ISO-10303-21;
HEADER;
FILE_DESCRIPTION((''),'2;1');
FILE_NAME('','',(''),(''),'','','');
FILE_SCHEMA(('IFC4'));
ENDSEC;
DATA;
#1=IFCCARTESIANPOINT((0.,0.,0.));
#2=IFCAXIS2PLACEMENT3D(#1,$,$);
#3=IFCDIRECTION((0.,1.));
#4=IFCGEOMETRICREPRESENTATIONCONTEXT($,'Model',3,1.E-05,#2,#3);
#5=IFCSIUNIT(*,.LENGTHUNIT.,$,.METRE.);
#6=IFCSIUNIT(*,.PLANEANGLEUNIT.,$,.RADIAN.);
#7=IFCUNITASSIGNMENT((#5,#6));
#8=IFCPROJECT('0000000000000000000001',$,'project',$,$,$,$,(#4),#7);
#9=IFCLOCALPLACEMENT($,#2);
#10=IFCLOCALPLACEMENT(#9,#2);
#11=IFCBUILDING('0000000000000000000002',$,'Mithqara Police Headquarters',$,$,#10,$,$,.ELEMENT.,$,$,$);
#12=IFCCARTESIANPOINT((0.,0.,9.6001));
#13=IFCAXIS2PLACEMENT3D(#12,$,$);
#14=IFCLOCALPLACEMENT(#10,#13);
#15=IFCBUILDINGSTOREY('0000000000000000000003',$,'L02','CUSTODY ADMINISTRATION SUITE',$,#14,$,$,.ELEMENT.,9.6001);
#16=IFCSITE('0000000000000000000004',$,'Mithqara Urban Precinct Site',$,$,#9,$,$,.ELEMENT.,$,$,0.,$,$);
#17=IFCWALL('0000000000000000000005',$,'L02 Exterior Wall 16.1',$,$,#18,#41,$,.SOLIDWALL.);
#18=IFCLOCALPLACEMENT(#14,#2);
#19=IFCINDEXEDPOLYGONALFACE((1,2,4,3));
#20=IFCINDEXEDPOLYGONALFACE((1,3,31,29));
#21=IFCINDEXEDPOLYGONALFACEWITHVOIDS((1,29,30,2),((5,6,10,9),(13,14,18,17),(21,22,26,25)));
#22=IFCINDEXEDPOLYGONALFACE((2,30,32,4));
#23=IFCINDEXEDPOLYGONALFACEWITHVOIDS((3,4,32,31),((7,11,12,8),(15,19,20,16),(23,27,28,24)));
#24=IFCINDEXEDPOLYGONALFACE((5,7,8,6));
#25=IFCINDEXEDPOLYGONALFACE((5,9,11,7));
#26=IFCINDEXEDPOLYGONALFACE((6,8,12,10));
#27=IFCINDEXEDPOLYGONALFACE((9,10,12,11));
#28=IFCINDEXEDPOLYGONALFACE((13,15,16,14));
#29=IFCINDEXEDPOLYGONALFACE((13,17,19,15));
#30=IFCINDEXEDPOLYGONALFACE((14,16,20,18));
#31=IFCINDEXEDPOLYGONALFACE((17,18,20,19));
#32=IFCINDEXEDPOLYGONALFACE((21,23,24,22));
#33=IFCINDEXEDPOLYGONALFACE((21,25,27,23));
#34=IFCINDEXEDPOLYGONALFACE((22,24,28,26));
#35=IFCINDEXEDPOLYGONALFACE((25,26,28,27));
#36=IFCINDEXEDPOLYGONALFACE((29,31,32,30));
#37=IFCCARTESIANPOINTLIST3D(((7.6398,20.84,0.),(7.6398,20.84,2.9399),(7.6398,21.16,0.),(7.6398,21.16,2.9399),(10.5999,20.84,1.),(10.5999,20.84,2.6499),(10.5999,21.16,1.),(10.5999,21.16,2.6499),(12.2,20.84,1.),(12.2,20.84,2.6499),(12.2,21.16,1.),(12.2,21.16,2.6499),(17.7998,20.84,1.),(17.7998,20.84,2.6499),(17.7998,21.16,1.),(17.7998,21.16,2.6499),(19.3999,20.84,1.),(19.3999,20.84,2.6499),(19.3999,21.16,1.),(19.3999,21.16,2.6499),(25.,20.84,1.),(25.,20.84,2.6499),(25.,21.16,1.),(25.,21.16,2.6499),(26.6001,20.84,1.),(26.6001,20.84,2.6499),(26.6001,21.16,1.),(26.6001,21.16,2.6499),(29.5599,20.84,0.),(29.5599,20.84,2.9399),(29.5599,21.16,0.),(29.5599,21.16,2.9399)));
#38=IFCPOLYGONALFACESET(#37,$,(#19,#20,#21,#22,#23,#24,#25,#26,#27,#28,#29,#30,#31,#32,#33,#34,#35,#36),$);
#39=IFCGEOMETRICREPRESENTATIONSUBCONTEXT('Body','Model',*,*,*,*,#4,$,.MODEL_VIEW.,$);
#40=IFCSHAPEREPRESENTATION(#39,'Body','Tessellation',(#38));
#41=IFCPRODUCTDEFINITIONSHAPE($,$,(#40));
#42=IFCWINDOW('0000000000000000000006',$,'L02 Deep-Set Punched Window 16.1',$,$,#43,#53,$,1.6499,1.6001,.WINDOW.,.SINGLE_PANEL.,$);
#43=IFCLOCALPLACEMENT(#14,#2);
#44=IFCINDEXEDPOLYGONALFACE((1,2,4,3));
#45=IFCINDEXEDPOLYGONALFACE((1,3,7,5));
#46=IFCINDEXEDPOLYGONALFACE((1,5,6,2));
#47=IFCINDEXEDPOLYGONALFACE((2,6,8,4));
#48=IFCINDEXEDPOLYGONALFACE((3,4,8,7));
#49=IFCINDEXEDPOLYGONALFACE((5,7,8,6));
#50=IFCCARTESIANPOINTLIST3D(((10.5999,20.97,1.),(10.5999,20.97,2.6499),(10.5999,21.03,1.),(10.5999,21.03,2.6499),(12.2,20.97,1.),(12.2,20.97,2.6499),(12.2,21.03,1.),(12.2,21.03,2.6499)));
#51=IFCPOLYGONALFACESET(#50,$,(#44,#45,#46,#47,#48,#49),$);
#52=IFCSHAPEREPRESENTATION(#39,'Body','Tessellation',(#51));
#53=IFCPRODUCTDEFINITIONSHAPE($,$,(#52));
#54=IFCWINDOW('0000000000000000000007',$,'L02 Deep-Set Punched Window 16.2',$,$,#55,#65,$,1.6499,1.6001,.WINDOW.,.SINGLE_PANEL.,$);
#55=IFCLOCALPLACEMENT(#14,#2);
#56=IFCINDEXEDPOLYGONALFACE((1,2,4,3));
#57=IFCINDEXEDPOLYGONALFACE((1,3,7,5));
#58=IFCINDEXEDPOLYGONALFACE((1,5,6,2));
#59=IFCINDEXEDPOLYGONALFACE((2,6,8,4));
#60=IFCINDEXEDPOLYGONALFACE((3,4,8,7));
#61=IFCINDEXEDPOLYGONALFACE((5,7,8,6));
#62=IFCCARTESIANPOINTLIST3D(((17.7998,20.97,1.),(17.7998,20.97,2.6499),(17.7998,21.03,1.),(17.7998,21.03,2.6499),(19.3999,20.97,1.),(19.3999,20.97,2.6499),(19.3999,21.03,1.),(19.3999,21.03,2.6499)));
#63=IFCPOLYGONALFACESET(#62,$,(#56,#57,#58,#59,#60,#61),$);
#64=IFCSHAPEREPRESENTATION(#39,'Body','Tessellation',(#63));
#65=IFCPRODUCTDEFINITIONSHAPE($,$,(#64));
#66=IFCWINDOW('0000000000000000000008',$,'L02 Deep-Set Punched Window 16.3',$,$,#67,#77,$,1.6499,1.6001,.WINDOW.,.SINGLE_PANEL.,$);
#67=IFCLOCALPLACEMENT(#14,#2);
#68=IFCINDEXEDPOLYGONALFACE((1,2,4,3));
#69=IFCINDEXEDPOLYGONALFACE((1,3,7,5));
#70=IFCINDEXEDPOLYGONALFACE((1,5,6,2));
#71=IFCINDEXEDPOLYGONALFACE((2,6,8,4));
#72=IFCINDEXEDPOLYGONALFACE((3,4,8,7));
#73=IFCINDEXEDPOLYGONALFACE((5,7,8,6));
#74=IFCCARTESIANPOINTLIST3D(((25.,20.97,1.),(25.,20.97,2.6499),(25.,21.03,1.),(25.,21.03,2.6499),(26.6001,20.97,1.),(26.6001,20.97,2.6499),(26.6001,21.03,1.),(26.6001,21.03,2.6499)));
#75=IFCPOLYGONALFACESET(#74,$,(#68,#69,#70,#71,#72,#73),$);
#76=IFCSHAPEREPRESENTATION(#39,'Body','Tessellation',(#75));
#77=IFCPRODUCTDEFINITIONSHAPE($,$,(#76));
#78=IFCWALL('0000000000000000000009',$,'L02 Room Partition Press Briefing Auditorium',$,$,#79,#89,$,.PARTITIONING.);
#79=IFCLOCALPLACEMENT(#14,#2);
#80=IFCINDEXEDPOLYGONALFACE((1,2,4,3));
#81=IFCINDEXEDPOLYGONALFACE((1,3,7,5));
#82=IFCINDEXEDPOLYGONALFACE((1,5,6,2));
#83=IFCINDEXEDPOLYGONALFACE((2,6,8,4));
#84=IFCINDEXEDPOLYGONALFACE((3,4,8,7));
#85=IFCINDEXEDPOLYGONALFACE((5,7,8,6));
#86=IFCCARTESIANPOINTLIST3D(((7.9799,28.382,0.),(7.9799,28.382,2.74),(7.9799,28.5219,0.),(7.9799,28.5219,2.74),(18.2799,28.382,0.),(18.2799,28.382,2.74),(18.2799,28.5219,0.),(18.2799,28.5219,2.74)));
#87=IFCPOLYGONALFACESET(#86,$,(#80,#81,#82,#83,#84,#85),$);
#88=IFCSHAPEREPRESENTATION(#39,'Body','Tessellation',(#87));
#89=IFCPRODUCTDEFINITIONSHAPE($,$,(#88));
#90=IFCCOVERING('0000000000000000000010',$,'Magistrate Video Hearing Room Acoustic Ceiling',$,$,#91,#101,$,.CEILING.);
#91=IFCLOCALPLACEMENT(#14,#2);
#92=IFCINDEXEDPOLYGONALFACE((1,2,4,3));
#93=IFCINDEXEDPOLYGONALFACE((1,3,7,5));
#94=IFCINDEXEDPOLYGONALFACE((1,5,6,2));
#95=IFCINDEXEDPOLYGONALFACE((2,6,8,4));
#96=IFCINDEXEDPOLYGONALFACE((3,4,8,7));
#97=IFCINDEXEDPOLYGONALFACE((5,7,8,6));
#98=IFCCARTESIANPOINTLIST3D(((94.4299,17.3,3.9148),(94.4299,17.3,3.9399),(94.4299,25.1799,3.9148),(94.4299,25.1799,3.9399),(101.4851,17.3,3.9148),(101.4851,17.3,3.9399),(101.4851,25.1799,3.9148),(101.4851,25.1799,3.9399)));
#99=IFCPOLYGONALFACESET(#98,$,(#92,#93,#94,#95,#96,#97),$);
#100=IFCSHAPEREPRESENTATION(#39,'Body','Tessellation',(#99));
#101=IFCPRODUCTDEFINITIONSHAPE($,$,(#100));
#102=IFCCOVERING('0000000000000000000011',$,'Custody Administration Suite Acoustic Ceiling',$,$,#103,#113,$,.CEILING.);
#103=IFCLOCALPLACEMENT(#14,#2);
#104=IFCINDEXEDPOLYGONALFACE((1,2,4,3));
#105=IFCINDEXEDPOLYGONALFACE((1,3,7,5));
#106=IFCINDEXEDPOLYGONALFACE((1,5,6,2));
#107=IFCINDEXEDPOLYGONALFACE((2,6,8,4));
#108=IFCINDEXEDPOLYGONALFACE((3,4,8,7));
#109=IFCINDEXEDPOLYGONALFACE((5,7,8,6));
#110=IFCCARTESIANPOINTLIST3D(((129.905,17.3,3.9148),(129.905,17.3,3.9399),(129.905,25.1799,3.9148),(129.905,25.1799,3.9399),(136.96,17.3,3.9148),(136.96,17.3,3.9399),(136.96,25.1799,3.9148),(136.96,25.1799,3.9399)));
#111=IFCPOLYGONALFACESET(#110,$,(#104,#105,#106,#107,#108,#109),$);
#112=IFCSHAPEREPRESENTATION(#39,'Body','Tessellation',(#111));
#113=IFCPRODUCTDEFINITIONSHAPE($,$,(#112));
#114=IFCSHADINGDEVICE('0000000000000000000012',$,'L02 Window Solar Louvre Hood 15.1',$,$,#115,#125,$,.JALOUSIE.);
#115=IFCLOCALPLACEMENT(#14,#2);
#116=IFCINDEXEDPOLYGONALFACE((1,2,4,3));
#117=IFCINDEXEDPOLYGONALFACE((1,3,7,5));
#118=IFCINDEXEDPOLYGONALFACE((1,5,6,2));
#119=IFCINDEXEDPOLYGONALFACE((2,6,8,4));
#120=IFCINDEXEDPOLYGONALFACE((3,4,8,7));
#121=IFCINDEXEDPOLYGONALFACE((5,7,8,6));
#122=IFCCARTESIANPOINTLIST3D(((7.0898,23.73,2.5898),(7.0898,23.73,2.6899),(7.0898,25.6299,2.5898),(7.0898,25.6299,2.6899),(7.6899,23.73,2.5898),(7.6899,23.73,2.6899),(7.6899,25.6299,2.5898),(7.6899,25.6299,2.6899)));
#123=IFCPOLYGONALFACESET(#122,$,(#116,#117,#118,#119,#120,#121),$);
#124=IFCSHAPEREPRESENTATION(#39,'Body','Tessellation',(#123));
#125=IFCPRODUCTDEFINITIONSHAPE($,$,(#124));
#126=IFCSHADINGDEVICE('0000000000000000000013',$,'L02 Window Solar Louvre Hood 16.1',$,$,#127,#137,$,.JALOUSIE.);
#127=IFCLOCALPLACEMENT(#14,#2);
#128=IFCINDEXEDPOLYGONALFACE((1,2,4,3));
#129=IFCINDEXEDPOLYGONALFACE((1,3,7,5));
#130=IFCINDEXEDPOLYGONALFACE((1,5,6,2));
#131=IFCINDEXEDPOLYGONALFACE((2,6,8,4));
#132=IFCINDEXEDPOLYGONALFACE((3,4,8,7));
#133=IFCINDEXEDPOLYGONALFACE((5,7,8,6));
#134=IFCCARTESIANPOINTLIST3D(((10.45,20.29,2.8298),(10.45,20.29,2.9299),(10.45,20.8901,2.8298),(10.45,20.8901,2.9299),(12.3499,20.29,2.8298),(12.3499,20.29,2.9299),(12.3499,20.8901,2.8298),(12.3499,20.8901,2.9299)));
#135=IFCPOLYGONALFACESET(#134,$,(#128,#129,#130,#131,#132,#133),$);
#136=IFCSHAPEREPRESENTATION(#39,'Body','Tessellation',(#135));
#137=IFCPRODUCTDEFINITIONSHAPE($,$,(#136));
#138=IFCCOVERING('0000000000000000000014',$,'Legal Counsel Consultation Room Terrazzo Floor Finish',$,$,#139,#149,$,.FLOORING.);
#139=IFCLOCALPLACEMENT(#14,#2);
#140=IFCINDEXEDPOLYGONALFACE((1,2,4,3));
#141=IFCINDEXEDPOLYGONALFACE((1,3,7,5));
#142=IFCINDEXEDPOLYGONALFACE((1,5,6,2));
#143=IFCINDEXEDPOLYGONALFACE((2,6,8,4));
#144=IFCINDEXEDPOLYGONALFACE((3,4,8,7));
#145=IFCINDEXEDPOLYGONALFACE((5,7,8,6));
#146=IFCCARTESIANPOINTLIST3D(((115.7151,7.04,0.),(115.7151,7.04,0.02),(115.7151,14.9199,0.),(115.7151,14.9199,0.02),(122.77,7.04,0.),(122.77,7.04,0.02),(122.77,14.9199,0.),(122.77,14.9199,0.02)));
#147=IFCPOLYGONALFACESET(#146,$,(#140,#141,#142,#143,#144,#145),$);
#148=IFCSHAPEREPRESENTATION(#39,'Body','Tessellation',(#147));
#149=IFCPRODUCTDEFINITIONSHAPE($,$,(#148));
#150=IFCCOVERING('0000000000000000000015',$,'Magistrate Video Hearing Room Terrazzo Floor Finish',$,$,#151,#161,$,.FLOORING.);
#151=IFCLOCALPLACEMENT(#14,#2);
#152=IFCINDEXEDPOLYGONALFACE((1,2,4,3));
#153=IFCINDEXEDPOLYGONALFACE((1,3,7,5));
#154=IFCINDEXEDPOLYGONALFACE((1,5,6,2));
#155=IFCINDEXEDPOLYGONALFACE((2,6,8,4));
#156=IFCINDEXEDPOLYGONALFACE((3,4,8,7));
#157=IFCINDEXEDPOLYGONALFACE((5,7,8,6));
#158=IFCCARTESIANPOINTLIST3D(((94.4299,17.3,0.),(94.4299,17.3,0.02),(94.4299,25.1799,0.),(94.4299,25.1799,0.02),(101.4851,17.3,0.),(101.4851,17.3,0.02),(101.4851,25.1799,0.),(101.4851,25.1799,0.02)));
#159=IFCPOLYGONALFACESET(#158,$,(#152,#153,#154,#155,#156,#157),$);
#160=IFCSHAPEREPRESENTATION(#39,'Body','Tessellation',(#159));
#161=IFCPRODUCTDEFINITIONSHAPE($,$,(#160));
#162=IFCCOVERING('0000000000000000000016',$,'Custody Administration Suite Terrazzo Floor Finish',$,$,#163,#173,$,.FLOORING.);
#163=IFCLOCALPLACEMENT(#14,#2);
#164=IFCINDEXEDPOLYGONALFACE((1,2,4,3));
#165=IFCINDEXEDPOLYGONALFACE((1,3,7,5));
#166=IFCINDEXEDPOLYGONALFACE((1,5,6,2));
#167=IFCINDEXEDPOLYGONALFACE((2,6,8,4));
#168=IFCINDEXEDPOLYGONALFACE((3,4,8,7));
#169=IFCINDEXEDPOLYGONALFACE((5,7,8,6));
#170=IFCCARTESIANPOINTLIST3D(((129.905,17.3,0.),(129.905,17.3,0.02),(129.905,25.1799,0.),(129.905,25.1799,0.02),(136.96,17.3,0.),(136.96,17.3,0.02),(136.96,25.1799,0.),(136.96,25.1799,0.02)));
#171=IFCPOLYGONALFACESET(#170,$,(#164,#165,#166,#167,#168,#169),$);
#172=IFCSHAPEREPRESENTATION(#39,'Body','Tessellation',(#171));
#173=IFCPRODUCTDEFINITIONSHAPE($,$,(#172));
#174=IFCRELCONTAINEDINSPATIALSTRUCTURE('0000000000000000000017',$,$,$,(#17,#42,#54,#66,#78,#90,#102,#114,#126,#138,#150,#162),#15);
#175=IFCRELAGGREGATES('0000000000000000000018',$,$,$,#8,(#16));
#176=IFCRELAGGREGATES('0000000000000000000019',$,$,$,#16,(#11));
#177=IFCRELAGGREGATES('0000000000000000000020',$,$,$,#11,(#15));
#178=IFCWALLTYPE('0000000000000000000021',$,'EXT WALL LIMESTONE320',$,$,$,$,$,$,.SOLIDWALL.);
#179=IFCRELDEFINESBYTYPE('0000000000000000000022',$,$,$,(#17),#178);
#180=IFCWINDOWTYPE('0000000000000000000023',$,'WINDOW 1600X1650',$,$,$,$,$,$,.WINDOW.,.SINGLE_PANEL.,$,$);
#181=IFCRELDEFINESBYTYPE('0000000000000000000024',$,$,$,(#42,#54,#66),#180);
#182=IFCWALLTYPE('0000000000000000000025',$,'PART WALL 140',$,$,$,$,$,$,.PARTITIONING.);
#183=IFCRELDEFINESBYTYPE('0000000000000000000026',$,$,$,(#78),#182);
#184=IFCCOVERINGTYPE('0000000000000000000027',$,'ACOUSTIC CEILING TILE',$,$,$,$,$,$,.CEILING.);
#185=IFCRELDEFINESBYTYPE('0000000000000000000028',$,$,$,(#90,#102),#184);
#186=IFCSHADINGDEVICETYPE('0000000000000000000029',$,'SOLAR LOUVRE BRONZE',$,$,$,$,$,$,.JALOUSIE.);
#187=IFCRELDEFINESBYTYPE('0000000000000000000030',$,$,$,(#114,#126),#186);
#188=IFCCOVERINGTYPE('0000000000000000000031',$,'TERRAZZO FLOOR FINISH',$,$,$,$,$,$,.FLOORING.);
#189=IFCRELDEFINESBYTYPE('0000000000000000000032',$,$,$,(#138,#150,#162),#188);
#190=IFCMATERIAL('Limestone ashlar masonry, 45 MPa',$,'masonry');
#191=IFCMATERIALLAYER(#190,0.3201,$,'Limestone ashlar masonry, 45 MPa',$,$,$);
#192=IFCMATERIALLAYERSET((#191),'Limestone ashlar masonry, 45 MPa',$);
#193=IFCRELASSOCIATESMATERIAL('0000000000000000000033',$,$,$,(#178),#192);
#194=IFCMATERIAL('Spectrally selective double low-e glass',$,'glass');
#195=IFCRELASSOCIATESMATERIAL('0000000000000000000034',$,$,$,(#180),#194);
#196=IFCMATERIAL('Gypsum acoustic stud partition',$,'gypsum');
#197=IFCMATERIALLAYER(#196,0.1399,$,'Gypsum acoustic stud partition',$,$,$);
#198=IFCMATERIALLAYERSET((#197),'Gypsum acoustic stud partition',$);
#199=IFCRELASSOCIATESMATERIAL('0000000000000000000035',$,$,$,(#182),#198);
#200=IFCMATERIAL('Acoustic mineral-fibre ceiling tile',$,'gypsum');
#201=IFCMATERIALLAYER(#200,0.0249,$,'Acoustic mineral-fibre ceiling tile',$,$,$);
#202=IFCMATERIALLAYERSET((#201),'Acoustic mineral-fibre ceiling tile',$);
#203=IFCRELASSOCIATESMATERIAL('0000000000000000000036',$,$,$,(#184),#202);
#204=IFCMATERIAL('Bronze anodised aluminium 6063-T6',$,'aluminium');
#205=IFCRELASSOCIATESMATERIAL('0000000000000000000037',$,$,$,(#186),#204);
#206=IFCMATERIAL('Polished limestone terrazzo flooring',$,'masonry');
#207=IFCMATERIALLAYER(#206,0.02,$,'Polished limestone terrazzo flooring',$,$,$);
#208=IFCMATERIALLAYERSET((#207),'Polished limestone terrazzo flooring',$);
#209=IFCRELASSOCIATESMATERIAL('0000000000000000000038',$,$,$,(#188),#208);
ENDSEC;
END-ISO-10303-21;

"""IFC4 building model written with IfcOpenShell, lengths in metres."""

from ifc_helpers import new_model, si_unit, direction, frame, frame_2d, origin, origin_2d, place, context, subcontext, project, spatial, polyline, rectangle, outline, extrude, material, layer, layer_set, type_object, element, fill, save


model = new_model("IFC4")

# Units and contexts
model_context = context("Model", 3, precision=1e-05, world=origin(), true_north=direction((0.0, 1.0)))
body_context = subcontext(model_context, "Body", "Model", "MODEL_VIEW")
ifc_project = project(units=[si_unit("LENGTHUNIT", "METRE"), si_unit("PLANEANGLEUNIT", "RADIAN")], contexts=[model_context])

# Site, building, storey
site_placement = place(None, origin())
site = spatial("IfcSite", under=ifc_project, at=site_placement, Name="Mithqara Urban Precinct Site", CompositionType="ELEMENT", RefElevation=0.0)
building_placement = place(site_placement, origin())
building = spatial("IfcBuilding", under=site, at=building_placement, Name="Mithqara Police Headquarters", CompositionType="ELEMENT")
storey_placement = place(building_placement, frame((0.0, 0.0, 9.6001)))
storey = spatial("IfcBuildingStorey", under=building, at=storey_placement, Name="L02", Description="CUSTODY ADMINISTRATION SUITE", CompositionType="ELEMENT", Elevation=9.6001)

# Shared definitions
ifc_material_1 = material(Name="Bronze anodised aluminium 6063-T6", Category="aluminium")

# Wall, openings, windows
ifc_material_2 = material(Name="Limestone ashlar masonry, 45 MPa", Category="masonry")
ifc_layer_1 = layer(ifc_material_2, 0.3201, Name="Limestone ashlar masonry, 45 MPa")
ifc_layer_set_1 = layer_set([ifc_layer_1], Name="Limestone ashlar masonry, 45 MPa")
wall_type_1 = type_object("IfcWallType", Name="EXT WALL LIMESTONE320", PredefinedType="SOLIDWALL", material=ifc_layer_set_1)
wall_1_placement = place(storey_placement, frame((7.6399, 21.0, 0.0), z_axis=(0.0, 0.0, 1.0), x_axis=(1.0, 0.0, 0.0)))
wall_1 = element("IfcWall", 1, at=wall_1_placement, inside=storey, type_object=wall_type_1, Name="L02 Exterior Wall 16.1", PredefinedType="SOLIDWALL", context=body_context, shape_type="SweptSolid", body=[
    extrude(rectangle(XDim=21.9202, YDim=0.3201, at=frame_2d((10.96, 0.0))), origin(), (0.0, 0.0, 1.0), 2.9399),
])
opening_1_placement = place(wall_1_placement, frame((2.96, 0.0, 1.0)))
opening_1 = element("IfcOpeningElement", 2, at=opening_1_placement, cuts=wall_1, PredefinedType="OPENING", context=body_context, shape_type="SweptSolid", body=[
    extrude(rectangle(XDim=1.6001, YDim=1.6499, at=frame_2d((0.8, 0.825))), frame((0.0, 0.1699, 0.0), z_axis=(0.0, -1.0, 0.0), x_axis=(1.0, 0.0, 0.0)), (0.0, 0.0, 1.0), 0.3401),
])
opening_2_placement = place(wall_1_placement, frame((10.1599, 0.0, 1.0)))
opening_2 = element("IfcOpeningElement", 3, at=opening_2_placement, cuts=wall_1, PredefinedType="OPENING", context=body_context, shape_type="SweptSolid", body=[
    extrude(rectangle(XDim=1.6001, YDim=1.6499, at=frame_2d((0.8, 0.825))), frame((0.0, 0.1699, 0.0), z_axis=(0.0, -1.0, 0.0), x_axis=(1.0, 0.0, 0.0)), (0.0, 0.0, 1.0), 0.3401),
])
opening_3_placement = place(wall_1_placement, frame((17.3601, 0.0, 1.0)))
opening_3 = element("IfcOpeningElement", 4, at=opening_3_placement, cuts=wall_1, PredefinedType="OPENING", context=body_context, shape_type="SweptSolid", body=[
    extrude(rectangle(XDim=1.6001, YDim=1.6499, at=frame_2d((0.8, 0.825))), frame((0.0, 0.1699, 0.0), z_axis=(0.0, -1.0, 0.0), x_axis=(1.0, 0.0, 0.0)), (0.0, 0.0, 1.0), 0.3401),
])
ifc_material_3 = material(Name="Spectrally selective double low-e glass", Category="glass")
window_type = type_object("IfcWindowType", Name="WINDOW 1600X1650", PartitioningType="SINGLE_PANEL", PredefinedType="WINDOW", material=ifc_material_3)
window_1_placement = place(opening_1_placement, origin())
window_1 = element("IfcWindow", 5, at=window_1_placement, inside=storey, type_object=window_type, Name="L02 Deep-Set Punched Window 16.1", OverallHeight=1.6499, OverallWidth=1.6001, PartitioningType="SINGLE_PANEL", PredefinedType="WINDOW", context=body_context, shape_type="SweptSolid", body=[
    extrude(rectangle(XDim=1.6001, YDim=1.6499, at=frame_2d((0.8, 0.825))), frame((0.0, 0.03, 0.0), z_axis=(0.0, -1.0, 0.0), x_axis=(1.0, 0.0, 0.0)), (0.0, 0.0, 1.0), 0.0601),
])
fill(opening_1, window_1)
window_2_placement = place(opening_2_placement, origin())
window_2 = element("IfcWindow", 6, at=window_2_placement, inside=storey, type_object=window_type, Name="L02 Deep-Set Punched Window 16.2", OverallHeight=1.6499, OverallWidth=1.6001, PartitioningType="SINGLE_PANEL", PredefinedType="WINDOW", context=body_context, shape_type="SweptSolid", body=[
    extrude(rectangle(XDim=1.6001, YDim=1.6499, at=frame_2d((0.8, 0.825))), frame((0.0, 0.03, 0.0), z_axis=(0.0, -1.0, 0.0), x_axis=(1.0, 0.0, 0.0)), (0.0, 0.0, 1.0), 0.0601),
])
fill(opening_2, window_2)
window_3_placement = place(opening_3_placement, origin())
window_3 = element("IfcWindow", 7, at=window_3_placement, inside=storey, type_object=window_type, Name="L02 Deep-Set Punched Window 16.3", OverallHeight=1.6499, OverallWidth=1.6001, PartitioningType="SINGLE_PANEL", PredefinedType="WINDOW", context=body_context, shape_type="SweptSolid", body=[
    extrude(rectangle(XDim=1.6001, YDim=1.6499, at=frame_2d((0.8, 0.825))), frame((0.0, 0.03, 0.0), z_axis=(0.0, -1.0, 0.0), x_axis=(1.0, 0.0, 0.0)), (0.0, 0.0, 1.0), 0.0601),
])
fill(opening_3, window_3)

# Wall
ifc_material_4 = material(Name="Gypsum acoustic stud partition", Category="gypsum")
ifc_layer_2 = layer(ifc_material_4, 0.1399, Name="Gypsum acoustic stud partition")
ifc_layer_set_2 = layer_set([ifc_layer_2], Name="Gypsum acoustic stud partition")
wall_type_2 = type_object("IfcWallType", Name="PART WALL 140", PredefinedType="PARTITIONING", material=ifc_layer_set_2)
wall_2_placement = place(storey_placement, frame((7.98, 28.4519, 0.0), z_axis=(0.0, 0.0, 1.0), x_axis=(1.0, 0.0, 0.0)))
element("IfcWall", 8, at=wall_2_placement, inside=storey, type_object=wall_type_2, Name="L02 Room Partition Press Briefing Auditorium", PredefinedType="PARTITIONING", context=body_context, shape_type="SweptSolid", body=[
    extrude(rectangle(XDim=10.3, YDim=0.1399, at=frame_2d((5.1499, 0.0))), origin(), (0.0, 0.0, 1.0), 2.74),
])

# Coverings
ifc_material_5 = material(Name="Acoustic mineral-fibre ceiling tile", Category="gypsum")
ifc_layer_3 = layer(ifc_material_5, 0.0249, Name="Acoustic mineral-fibre ceiling tile")
ifc_layer_set_3 = layer_set([ifc_layer_3], Name="Acoustic mineral-fibre ceiling tile")
covering_type_1 = type_object("IfcCoveringType", Name="ACOUSTIC CEILING TILE", PredefinedType="CEILING", material=ifc_layer_set_3)
covering_1_placement = place(storey_placement, frame((0.0, 0.0, 3.9148)))
element("IfcCovering", 9, at=covering_1_placement, inside=storey, type_object=covering_type_1, Name="Magistrate Video Hearing Room Acoustic Ceiling", PredefinedType="CEILING", context=body_context, shape_type="SweptSolid", body=[
    extrude(outline(polyline([(94.4299, 17.3), (101.4851, 17.3), (101.4851, 25.1799), (94.4299, 25.1799), (94.4299, 17.3)])), origin(), (0.0, 0.0, 1.0), 0.0251),
])
covering_2_placement = place(storey_placement, frame((0.0, 0.0, 3.9148)))
element("IfcCovering", 10, at=covering_2_placement, inside=storey, type_object=covering_type_1, Name="Custody Administration Suite Acoustic Ceiling", PredefinedType="CEILING", context=body_context, shape_type="SweptSolid", body=[
    extrude(outline(polyline([(129.905, 17.3), (136.96, 17.3), (136.96, 25.1799), (129.905, 25.1799), (129.905, 17.3)])), origin(), (0.0, 0.0, 1.0), 0.0251),
])

# Shading devices
shading_device_type = type_object("IfcShadingDeviceType", Name="SOLAR LOUVRE BRONZE", PredefinedType="JALOUSIE", material=ifc_material_1)
for number, where, z_axis, x_axis, name in (
    (11, (7.3899, 24.6799, 2.5898), (0.0, 0.0, 1.0), (0.0, 1.0, 0.0), "L02 Window Solar Louvre Hood 15.1"),
    (12, (11.3999, 20.5901, 2.8298), (0.0, 0.0, 1.0), (1.0, 0.0, 0.0), "L02 Window Solar Louvre Hood 16.1"),
):
    element("IfcShadingDevice", number, at=place(storey_placement, frame(where, z_axis=z_axis, x_axis=x_axis)), inside=storey, type_object=shading_device_type, Name=name, PredefinedType="JALOUSIE", context=body_context, shape_type="SweptSolid", body=[
        extrude(rectangle(XDim=1.8999, YDim=0.6001, at=origin_2d()), origin(), (0.0, 0.0, 1.0), 0.1001),
    ])

# Coverings
ifc_material_6 = material(Name="Polished limestone terrazzo flooring", Category="masonry")
ifc_layer_4 = layer(ifc_material_6, 0.02, Name="Polished limestone terrazzo flooring")
ifc_layer_set_4 = layer_set([ifc_layer_4], Name="Polished limestone terrazzo flooring")
covering_type_2 = type_object("IfcCoveringType", Name="TERRAZZO FLOOR FINISH", PredefinedType="FLOORING", material=ifc_layer_set_4)
covering_3_placement = place(storey_placement, origin())
element("IfcCovering", 13, at=covering_3_placement, inside=storey, type_object=covering_type_2, Name="Legal Counsel Consultation Room Terrazzo Floor Finish", PredefinedType="FLOORING", context=body_context, shape_type="SweptSolid", body=[
    extrude(outline(polyline([(115.7151, 7.04), (122.77, 7.04), (122.77, 14.9199), (115.7151, 14.9199), (115.7151, 7.04)])), origin(), (0.0, 0.0, 1.0), 0.02),
])
covering_4_placement = place(storey_placement, origin())
element("IfcCovering", 14, at=covering_4_placement, inside=storey, type_object=covering_type_2, Name="Magistrate Video Hearing Room Terrazzo Floor Finish", PredefinedType="FLOORING", context=body_context, shape_type="SweptSolid", body=[
    extrude(outline(polyline([(94.4299, 17.3), (101.4851, 17.3), (101.4851, 25.1799), (94.4299, 25.1799), (94.4299, 17.3)])), origin(), (0.0, 0.0, 1.0), 0.02),
])
covering_5_placement = place(storey_placement, origin())
element("IfcCovering", 15, at=covering_5_placement, inside=storey, type_object=covering_type_2, Name="Custody Administration Suite Terrazzo Floor Finish", PredefinedType="FLOORING", context=body_context, shape_type="SweptSolid", body=[
    extrude(outline(polyline([(129.905, 17.3), (136.96, 17.3), (136.96, 25.1799), (129.905, 25.1799), (129.905, 17.3)])), origin(), (0.0, 0.0, 1.0), 0.02),
])

save(model, "model.ifc")
